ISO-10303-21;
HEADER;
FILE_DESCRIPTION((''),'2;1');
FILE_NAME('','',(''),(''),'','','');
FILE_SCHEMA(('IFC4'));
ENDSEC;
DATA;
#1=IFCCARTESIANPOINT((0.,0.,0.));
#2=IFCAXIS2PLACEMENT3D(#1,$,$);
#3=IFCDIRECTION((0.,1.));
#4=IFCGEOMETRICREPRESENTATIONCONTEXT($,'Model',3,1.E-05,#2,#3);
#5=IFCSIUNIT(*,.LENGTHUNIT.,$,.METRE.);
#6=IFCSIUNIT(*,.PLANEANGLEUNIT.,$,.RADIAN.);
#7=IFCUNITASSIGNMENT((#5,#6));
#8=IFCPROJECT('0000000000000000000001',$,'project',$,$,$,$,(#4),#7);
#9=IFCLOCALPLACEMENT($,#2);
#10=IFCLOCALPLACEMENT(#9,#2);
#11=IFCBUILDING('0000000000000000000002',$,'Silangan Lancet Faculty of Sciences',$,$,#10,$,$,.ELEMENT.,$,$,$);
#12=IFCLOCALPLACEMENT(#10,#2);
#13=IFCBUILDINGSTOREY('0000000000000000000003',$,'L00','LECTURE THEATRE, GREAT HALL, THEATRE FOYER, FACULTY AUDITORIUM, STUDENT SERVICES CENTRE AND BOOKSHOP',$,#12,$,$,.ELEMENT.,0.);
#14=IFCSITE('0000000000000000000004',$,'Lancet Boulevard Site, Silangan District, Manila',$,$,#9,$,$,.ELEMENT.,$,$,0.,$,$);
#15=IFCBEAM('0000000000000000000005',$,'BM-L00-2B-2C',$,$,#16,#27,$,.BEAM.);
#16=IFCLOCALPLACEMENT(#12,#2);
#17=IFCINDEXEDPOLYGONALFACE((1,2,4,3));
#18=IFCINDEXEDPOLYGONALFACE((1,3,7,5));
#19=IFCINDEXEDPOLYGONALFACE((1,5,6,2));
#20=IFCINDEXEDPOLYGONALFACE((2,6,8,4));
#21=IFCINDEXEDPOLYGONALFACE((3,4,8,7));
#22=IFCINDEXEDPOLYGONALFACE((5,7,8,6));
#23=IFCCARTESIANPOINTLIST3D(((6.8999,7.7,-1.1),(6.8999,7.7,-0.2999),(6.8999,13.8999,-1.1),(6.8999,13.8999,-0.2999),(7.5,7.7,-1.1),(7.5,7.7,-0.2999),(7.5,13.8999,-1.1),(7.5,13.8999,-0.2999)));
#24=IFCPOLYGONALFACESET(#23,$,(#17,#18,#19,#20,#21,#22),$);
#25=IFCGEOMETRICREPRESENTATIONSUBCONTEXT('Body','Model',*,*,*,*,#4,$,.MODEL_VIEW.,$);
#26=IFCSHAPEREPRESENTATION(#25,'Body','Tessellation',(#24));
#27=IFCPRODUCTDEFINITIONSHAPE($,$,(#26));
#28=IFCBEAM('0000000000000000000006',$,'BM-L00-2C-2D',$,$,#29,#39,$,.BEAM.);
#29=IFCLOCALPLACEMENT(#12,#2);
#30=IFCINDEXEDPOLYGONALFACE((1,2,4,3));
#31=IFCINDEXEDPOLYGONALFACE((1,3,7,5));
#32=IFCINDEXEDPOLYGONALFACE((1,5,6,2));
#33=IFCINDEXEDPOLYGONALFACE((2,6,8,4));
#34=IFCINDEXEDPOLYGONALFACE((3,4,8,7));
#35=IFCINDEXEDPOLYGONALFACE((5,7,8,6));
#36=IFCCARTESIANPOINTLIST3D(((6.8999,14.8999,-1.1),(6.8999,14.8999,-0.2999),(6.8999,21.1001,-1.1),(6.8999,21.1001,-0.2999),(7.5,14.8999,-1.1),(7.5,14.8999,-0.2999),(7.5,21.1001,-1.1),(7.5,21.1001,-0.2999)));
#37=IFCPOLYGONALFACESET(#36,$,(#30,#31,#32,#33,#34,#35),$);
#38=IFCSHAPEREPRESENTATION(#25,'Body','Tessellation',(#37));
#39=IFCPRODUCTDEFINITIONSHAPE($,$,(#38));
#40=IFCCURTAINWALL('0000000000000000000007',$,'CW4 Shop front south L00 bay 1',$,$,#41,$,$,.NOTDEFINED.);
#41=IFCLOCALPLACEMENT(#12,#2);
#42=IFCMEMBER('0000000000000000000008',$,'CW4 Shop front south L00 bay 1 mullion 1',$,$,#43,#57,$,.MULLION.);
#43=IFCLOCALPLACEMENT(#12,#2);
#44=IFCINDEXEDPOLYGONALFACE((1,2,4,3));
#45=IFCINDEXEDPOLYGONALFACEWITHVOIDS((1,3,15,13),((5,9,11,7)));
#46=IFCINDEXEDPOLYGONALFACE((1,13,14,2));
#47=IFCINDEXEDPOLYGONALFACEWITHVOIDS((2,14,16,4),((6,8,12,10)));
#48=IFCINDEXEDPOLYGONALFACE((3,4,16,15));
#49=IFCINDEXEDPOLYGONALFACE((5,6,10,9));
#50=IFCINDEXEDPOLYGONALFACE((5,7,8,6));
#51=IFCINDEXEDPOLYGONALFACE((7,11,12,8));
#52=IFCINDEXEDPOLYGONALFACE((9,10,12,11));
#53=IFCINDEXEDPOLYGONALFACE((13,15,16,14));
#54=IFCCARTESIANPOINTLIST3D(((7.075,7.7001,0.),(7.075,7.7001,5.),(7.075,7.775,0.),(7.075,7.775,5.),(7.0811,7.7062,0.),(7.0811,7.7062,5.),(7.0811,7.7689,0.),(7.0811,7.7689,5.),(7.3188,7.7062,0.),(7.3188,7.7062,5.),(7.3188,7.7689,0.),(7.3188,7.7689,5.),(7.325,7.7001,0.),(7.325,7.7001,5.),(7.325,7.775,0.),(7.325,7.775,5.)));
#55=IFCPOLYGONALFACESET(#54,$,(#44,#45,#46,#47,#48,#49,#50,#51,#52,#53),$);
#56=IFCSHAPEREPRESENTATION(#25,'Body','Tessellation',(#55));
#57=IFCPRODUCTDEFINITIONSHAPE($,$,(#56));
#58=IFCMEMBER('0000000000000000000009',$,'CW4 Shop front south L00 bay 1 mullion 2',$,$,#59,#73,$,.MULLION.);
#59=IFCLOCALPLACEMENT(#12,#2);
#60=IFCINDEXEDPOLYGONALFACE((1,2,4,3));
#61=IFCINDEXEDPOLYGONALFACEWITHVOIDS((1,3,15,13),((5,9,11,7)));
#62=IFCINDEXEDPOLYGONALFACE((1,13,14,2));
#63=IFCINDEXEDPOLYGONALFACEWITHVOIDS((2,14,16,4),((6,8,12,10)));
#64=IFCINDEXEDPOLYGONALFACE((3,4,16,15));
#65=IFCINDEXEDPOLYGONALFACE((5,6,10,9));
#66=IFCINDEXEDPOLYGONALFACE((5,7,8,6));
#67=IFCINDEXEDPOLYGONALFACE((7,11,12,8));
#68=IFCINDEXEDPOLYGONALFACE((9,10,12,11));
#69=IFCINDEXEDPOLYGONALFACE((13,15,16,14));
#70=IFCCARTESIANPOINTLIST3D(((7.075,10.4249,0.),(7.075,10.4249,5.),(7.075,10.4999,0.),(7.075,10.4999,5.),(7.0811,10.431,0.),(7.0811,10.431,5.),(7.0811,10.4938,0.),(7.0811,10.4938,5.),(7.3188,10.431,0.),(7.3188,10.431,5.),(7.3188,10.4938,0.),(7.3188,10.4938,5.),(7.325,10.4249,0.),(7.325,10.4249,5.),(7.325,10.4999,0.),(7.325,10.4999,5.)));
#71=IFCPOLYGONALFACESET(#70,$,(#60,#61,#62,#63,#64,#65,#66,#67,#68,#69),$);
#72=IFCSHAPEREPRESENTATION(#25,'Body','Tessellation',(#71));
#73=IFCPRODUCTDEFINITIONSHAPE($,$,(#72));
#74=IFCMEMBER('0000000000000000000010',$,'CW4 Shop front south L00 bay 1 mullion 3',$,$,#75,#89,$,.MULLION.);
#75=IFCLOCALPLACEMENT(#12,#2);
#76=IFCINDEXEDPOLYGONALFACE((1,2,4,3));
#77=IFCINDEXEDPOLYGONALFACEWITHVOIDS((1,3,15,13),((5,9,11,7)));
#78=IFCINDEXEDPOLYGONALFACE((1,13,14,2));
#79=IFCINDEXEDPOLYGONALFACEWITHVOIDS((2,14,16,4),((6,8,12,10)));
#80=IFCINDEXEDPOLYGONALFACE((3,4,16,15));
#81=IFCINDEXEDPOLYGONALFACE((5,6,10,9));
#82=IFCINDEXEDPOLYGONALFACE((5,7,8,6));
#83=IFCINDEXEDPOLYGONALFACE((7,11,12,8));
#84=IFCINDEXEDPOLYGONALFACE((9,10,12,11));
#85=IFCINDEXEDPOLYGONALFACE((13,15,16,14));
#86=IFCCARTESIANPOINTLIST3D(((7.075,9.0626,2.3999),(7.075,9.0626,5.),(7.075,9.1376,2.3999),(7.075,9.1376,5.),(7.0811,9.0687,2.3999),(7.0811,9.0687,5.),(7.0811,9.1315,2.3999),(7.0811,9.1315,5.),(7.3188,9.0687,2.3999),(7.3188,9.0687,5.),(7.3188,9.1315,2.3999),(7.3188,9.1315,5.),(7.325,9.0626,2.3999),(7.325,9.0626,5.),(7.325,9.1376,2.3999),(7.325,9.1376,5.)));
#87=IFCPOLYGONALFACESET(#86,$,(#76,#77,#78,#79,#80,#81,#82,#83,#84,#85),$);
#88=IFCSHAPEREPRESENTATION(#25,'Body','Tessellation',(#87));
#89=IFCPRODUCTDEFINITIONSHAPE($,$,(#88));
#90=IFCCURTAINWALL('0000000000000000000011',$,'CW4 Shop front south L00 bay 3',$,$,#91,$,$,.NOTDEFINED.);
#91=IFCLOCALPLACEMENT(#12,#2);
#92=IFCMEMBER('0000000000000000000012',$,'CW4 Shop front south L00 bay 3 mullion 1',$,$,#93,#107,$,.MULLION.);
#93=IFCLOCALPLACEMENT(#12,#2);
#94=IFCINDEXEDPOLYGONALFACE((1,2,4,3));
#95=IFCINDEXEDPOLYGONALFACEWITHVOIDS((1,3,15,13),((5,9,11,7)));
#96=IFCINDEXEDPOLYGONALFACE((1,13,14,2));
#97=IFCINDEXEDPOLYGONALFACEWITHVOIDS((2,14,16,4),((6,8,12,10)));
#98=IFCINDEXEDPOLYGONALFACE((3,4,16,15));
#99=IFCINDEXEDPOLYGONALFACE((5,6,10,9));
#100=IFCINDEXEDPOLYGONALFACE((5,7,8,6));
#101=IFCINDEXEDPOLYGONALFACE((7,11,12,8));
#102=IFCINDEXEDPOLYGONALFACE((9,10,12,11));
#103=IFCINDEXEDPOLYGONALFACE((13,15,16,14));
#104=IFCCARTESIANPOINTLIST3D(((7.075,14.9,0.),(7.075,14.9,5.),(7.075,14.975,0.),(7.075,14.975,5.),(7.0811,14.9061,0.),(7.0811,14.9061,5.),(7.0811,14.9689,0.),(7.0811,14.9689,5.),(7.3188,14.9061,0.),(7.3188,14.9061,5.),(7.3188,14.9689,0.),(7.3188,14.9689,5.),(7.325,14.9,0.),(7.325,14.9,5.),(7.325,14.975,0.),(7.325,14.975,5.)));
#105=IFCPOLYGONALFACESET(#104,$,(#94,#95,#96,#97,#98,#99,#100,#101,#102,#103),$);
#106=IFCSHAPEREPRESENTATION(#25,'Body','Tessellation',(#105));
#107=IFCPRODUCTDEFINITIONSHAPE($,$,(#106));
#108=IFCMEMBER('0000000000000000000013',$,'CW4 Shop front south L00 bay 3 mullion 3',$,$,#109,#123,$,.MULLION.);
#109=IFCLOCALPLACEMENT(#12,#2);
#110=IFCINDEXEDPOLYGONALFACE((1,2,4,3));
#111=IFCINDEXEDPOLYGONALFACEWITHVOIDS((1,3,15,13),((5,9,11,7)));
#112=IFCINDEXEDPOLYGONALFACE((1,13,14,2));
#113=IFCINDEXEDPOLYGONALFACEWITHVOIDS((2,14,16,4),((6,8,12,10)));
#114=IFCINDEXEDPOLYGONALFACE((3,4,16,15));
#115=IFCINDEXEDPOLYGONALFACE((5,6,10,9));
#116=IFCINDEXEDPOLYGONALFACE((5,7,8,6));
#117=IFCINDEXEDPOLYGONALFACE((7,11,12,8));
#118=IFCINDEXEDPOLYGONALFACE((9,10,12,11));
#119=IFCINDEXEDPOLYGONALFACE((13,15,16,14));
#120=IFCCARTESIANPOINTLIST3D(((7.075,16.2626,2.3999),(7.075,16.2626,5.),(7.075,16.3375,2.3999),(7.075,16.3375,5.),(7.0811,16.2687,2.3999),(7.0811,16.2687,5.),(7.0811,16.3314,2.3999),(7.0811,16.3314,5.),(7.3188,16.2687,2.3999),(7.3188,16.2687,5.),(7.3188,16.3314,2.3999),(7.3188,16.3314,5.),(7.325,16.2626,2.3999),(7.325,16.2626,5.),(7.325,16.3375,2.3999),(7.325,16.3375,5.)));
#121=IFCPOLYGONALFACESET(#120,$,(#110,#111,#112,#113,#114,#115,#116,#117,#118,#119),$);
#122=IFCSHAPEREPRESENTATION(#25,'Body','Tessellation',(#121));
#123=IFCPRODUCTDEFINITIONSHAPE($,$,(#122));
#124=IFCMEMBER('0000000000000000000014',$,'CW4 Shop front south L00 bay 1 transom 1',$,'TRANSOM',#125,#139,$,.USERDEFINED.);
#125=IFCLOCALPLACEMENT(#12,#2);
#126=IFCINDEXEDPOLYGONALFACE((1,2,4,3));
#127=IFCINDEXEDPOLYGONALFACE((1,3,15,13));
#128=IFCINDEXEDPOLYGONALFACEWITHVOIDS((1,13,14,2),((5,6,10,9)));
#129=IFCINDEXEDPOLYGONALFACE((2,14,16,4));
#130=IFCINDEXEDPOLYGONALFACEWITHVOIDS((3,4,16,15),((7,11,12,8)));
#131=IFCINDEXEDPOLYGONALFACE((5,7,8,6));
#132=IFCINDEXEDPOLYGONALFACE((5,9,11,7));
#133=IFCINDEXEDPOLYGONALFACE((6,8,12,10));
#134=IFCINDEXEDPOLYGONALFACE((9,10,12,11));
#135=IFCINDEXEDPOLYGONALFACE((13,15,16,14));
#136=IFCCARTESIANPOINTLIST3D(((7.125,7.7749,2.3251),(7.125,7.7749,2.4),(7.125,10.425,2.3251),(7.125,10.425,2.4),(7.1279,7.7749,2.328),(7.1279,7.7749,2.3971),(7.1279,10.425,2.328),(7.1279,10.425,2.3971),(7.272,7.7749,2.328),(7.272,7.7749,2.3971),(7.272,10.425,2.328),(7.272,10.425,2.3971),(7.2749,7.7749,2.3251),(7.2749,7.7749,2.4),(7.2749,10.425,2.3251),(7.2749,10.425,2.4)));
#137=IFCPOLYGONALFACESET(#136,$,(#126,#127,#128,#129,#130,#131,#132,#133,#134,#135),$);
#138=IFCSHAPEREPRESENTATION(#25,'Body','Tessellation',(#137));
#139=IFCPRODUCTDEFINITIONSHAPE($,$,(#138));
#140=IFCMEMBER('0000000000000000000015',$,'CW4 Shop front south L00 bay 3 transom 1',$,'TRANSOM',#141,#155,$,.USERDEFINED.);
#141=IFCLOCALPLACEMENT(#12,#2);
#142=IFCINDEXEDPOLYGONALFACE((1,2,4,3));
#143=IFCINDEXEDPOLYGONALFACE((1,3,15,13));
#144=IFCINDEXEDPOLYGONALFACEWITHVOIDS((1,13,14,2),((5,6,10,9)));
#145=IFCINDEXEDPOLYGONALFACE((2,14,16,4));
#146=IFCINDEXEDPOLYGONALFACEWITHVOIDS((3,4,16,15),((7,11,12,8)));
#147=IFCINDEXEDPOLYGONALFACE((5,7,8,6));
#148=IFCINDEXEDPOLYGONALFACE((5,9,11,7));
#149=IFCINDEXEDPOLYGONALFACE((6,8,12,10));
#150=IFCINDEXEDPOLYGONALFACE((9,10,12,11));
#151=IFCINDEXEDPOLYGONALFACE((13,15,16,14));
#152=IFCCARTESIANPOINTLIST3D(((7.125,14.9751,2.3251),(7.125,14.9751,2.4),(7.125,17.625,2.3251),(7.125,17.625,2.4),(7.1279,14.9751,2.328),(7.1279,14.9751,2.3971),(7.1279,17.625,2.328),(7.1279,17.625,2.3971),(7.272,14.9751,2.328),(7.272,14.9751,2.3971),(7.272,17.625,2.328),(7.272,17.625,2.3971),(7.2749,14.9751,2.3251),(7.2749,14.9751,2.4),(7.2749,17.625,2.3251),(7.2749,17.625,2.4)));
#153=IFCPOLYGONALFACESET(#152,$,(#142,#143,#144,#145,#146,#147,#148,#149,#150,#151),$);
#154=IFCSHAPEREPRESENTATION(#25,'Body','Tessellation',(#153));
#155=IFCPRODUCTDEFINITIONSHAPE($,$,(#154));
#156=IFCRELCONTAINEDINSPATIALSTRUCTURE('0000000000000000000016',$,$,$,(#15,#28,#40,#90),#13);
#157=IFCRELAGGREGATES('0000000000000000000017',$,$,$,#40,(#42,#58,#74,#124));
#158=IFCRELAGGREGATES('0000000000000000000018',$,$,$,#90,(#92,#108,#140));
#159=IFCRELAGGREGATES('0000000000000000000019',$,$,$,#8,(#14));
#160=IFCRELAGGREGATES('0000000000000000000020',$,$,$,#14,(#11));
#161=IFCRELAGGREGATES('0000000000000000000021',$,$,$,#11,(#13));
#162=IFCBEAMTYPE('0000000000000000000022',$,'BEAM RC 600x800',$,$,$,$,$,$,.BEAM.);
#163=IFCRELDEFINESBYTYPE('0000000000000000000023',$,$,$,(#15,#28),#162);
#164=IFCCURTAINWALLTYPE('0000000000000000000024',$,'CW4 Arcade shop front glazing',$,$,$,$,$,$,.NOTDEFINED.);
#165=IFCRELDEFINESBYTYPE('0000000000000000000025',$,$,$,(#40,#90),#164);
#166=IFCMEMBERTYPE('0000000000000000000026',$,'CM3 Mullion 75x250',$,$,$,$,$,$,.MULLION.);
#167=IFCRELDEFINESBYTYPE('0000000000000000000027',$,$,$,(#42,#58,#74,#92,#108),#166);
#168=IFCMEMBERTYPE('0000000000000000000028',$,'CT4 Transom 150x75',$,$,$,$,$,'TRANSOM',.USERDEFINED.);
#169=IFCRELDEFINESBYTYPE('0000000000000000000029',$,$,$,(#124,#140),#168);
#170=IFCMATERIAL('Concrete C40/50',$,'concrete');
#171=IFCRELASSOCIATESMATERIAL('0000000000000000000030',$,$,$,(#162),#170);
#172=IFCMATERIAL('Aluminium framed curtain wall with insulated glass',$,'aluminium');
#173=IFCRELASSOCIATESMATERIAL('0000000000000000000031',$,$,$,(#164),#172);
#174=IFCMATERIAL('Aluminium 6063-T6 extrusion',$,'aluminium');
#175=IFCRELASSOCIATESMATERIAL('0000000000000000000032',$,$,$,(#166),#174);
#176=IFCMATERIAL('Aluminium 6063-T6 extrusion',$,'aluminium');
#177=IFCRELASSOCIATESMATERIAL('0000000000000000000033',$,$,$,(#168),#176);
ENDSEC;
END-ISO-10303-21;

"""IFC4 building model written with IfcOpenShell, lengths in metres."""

from ifc_helpers import new_model, si_unit, direction, frame, origin, origin_2d, place, context, subcontext, project, spatial, rectangle, hollow_rectangle, extrude, material, material_profile, profile_set, type_object, element, aggregate, save


model = new_model("IFC4")

# Units and contexts
model_context = context("Model", 3, precision=1e-05, world=origin(), true_north=direction((0.0, 1.0)))
body_context = subcontext(model_context, "Body", "Model", "MODEL_VIEW")
ifc_project = project(units=[si_unit("LENGTHUNIT", "METRE"), si_unit("PLANEANGLEUNIT", "RADIAN")], contexts=[model_context])

# Site, building, storey
site_placement = place(None, origin())
site = spatial("IfcSite", under=ifc_project, at=site_placement, Name="Lancet Boulevard Site, Silangan District, Manila", CompositionType="ELEMENT", RefElevation=0.0)
building_placement = place(site_placement, origin())
building = spatial("IfcBuilding", under=site, at=building_placement, Name="Silangan Lancet Faculty of Sciences", CompositionType="ELEMENT")
storey_placement = place(building_placement, origin())
storey = spatial("IfcBuildingStorey", under=building, at=storey_placement, Name="L00", Description="LECTURE THEATRE, GREAT HALL, THEATRE FOYER, FACULTY AUDITORIUM, STUDENT SERVICES CENTRE AND BOOKSHOP", CompositionType="ELEMENT", Elevation=0.0)

# Beams
ifc_material_1 = material(Name="Concrete C40/50", Category="concrete")
ifc_material_profile_1 = material_profile(ifc_material_1, rectangle(XDim=0.6001, YDim=0.8, at=origin_2d()), Name="RC 600x800")
ifc_profile_set_1 = profile_set([ifc_material_profile_1], Name="Concrete C40/50")
beam_type_1 = type_object("IfcBeamType", Name="BEAM RC 600x800", PredefinedType="BEAM", material=ifc_profile_set_1)
for number, where, z_axis, x_axis, name in (
    (1, (7.2, 7.7, -0.7), (0.0, 1.0, 0.0), (-1.0, 0.0, 0.0), "BM-L00-2B-2C"),
):
    element("IfcBeam", number, at=place(storey_placement, frame(where, z_axis=z_axis, x_axis=x_axis)), inside=storey, type_object=beam_type_1, Name=name, PredefinedType="BEAM", context=body_context, shape_type="SweptSolid", body=[
        extrude(rectangle(XDim=0.6001, YDim=0.8, at=origin_2d()), origin(), (0.0, 0.0, 1.0), 6.2),
    ])
beam_1_placement = place(storey_placement, frame((7.2, 14.8999, -0.7), z_axis=(0.0, 1.0, 0.0), x_axis=(-1.0, 0.0, 0.0)))
element("IfcBeam", 2, at=beam_1_placement, inside=storey, type_object=beam_type_1, Name="BM-L00-2C-2D", PredefinedType="BEAM", context=body_context, shape_type="SweptSolid", body=[
    extrude(rectangle(XDim=0.6001, YDim=0.8, at=origin_2d()), origin(), (0.0, 0.0, 1.0), 6.2002),
])

# Curtain walls, members
ifc_material_2 = material(Name="Aluminium framed curtain wall with insulated glass", Category="aluminium")
curtain_wall_type = type_object("IfcCurtainWallType", Name="CW4 Arcade shop front glazing", PredefinedType="NOTDEFINED", material=ifc_material_2)
curtain_wall_1_placement = place(storey_placement, origin())
curtain_wall_1 = element("IfcCurtainWall", 3, at=curtain_wall_1_placement, inside=storey, type_object=curtain_wall_type, Name="CW4 Shop front south L00 bay 1", PredefinedType="NOTDEFINED")
ifc_material_3 = material(Name="Aluminium 6063-T6 extrusion", Category="aluminium")
ifc_material_profile_2 = material_profile(ifc_material_3, hollow_rectangle(XDim=0.075, YDim=0.25, WallThickness=0.0061, at=origin_2d()), Name="AL BOX 75x250x6")
ifc_profile_set_2 = profile_set([ifc_material_profile_2], Name="Aluminium 6063-T6 extrusion")
member_type_1 = type_object("IfcMemberType", Name="CM3 Mullion 75x250", PredefinedType="MULLION", material=ifc_profile_set_2)
member_1_placement = place(storey_placement, frame((7.2, 7.7375, 0.0), z_axis=(0.0, 0.0, 1.0), x_axis=(0.0, 1.0, 0.0)))
member_1 = element("IfcMember", 4, at=member_1_placement, type_object=member_type_1, Name="CW4 Shop front south L00 bay 1 mullion 1", PredefinedType="MULLION", context=body_context, shape_type="SweptSolid", body=[
    extrude(hollow_rectangle(XDim=0.075, YDim=0.25, WallThickness=0.0061, at=origin_2d()), origin(), (0.0, 0.0, 1.0), 5.0),
])
member_2_placement = place(storey_placement, frame((7.2, 10.4624, 0.0), z_axis=(0.0, 0.0, 1.0), x_axis=(0.0, 1.0, 0.0)))
member_2 = element("IfcMember", 5, at=member_2_placement, type_object=member_type_1, Name="CW4 Shop front south L00 bay 1 mullion 2", PredefinedType="MULLION", context=body_context, shape_type="SweptSolid", body=[
    extrude(hollow_rectangle(XDim=0.075, YDim=0.25, WallThickness=0.0061, at=origin_2d()), origin(), (0.0, 0.0, 1.0), 5.0),
])
member_3_placement = place(storey_placement, frame((7.2, 9.1001, 2.3999), z_axis=(0.0, 0.0, 1.0), x_axis=(0.0, 1.0, 0.0)))
member_3 = element("IfcMember", 6, at=member_3_placement, type_object=member_type_1, Name="CW4 Shop front south L00 bay 1 mullion 3", PredefinedType="MULLION", context=body_context, shape_type="SweptSolid", body=[
    extrude(hollow_rectangle(XDim=0.075, YDim=0.25, WallThickness=0.0061, at=origin_2d()), origin(), (0.0, 0.0, 1.0), 2.6001),
])
curtain_wall_2_placement = place(storey_placement, origin())
curtain_wall_2 = element("IfcCurtainWall", 7, at=curtain_wall_2_placement, inside=storey, type_object=curtain_wall_type, Name="CW4 Shop front south L00 bay 3", PredefinedType="NOTDEFINED")
member_4_placement = place(storey_placement, frame((7.2, 14.9375, 0.0), z_axis=(0.0, 0.0, 1.0), x_axis=(0.0, 1.0, 0.0)))
member_4 = element("IfcMember", 8, at=member_4_placement, type_object=member_type_1, Name="CW4 Shop front south L00 bay 3 mullion 1", PredefinedType="MULLION", context=body_context, shape_type="SweptSolid", body=[
    extrude(hollow_rectangle(XDim=0.075, YDim=0.25, WallThickness=0.0061, at=origin_2d()), origin(), (0.0, 0.0, 1.0), 5.0),
])
member_5_placement = place(storey_placement, frame((7.2, 16.3, 2.3999), z_axis=(0.0, 0.0, 1.0), x_axis=(0.0, 1.0, 0.0)))
member_5 = element("IfcMember", 9, at=member_5_placement, type_object=member_type_1, Name="CW4 Shop front south L00 bay 3 mullion 3", PredefinedType="MULLION", context=body_context, shape_type="SweptSolid", body=[
    extrude(hollow_rectangle(XDim=0.075, YDim=0.25, WallThickness=0.0061, at=origin_2d()), origin(), (0.0, 0.0, 1.0), 2.6001),
])

# Members
ifc_material_4 = material(Name="Aluminium 6063-T6 extrusion", Category="aluminium")
ifc_material_profile_3 = material_profile(ifc_material_4, hollow_rectangle(XDim=0.1499, YDim=0.075, WallThickness=0.0029, at=origin_2d()), Name="AL BOX 150x75x3")
ifc_profile_set_3 = profile_set([ifc_material_profile_3], Name="Aluminium 6063-T6 extrusion")
member_type_2 = type_object("IfcMemberType", Name="CT4 Transom 150x75", ElementType="TRANSOM", PredefinedType="USERDEFINED", material=ifc_profile_set_3)
member_6_placement = place(storey_placement, frame((7.2, 7.7749, 2.3625), z_axis=(0.0, 1.0, 0.0), x_axis=(-1.0, 0.0, 0.0)))
member_6 = element("IfcMember", 10, at=member_6_placement, type_object=member_type_2, Name="CW4 Shop front south L00 bay 1 transom 1", ObjectType="TRANSOM", PredefinedType="USERDEFINED", context=body_context, shape_type="SweptSolid", body=[
    extrude(hollow_rectangle(XDim=0.1499, YDim=0.075, WallThickness=0.0029, at=origin_2d()), origin(), (0.0, 0.0, 1.0), 2.6501),
])
member_7_placement = place(storey_placement, frame((7.2, 14.9751, 2.3625), z_axis=(0.0, 1.0, 0.0), x_axis=(-1.0, 0.0, 0.0)))
member_7 = element("IfcMember", 11, at=member_7_placement, type_object=member_type_2, Name="CW4 Shop front south L00 bay 3 transom 1", ObjectType="TRANSOM", PredefinedType="USERDEFINED", context=body_context, shape_type="SweptSolid", body=[
    extrude(hollow_rectangle(XDim=0.1499, YDim=0.075, WallThickness=0.0029, at=origin_2d()), origin(), (0.0, 0.0, 1.0), 2.6499),
])

aggregate(curtain_wall_1, [member_1, member_2, member_3, member_6])
aggregate(curtain_wall_2, [member_4, member_5, member_7])

save(model, "model.ifc")
